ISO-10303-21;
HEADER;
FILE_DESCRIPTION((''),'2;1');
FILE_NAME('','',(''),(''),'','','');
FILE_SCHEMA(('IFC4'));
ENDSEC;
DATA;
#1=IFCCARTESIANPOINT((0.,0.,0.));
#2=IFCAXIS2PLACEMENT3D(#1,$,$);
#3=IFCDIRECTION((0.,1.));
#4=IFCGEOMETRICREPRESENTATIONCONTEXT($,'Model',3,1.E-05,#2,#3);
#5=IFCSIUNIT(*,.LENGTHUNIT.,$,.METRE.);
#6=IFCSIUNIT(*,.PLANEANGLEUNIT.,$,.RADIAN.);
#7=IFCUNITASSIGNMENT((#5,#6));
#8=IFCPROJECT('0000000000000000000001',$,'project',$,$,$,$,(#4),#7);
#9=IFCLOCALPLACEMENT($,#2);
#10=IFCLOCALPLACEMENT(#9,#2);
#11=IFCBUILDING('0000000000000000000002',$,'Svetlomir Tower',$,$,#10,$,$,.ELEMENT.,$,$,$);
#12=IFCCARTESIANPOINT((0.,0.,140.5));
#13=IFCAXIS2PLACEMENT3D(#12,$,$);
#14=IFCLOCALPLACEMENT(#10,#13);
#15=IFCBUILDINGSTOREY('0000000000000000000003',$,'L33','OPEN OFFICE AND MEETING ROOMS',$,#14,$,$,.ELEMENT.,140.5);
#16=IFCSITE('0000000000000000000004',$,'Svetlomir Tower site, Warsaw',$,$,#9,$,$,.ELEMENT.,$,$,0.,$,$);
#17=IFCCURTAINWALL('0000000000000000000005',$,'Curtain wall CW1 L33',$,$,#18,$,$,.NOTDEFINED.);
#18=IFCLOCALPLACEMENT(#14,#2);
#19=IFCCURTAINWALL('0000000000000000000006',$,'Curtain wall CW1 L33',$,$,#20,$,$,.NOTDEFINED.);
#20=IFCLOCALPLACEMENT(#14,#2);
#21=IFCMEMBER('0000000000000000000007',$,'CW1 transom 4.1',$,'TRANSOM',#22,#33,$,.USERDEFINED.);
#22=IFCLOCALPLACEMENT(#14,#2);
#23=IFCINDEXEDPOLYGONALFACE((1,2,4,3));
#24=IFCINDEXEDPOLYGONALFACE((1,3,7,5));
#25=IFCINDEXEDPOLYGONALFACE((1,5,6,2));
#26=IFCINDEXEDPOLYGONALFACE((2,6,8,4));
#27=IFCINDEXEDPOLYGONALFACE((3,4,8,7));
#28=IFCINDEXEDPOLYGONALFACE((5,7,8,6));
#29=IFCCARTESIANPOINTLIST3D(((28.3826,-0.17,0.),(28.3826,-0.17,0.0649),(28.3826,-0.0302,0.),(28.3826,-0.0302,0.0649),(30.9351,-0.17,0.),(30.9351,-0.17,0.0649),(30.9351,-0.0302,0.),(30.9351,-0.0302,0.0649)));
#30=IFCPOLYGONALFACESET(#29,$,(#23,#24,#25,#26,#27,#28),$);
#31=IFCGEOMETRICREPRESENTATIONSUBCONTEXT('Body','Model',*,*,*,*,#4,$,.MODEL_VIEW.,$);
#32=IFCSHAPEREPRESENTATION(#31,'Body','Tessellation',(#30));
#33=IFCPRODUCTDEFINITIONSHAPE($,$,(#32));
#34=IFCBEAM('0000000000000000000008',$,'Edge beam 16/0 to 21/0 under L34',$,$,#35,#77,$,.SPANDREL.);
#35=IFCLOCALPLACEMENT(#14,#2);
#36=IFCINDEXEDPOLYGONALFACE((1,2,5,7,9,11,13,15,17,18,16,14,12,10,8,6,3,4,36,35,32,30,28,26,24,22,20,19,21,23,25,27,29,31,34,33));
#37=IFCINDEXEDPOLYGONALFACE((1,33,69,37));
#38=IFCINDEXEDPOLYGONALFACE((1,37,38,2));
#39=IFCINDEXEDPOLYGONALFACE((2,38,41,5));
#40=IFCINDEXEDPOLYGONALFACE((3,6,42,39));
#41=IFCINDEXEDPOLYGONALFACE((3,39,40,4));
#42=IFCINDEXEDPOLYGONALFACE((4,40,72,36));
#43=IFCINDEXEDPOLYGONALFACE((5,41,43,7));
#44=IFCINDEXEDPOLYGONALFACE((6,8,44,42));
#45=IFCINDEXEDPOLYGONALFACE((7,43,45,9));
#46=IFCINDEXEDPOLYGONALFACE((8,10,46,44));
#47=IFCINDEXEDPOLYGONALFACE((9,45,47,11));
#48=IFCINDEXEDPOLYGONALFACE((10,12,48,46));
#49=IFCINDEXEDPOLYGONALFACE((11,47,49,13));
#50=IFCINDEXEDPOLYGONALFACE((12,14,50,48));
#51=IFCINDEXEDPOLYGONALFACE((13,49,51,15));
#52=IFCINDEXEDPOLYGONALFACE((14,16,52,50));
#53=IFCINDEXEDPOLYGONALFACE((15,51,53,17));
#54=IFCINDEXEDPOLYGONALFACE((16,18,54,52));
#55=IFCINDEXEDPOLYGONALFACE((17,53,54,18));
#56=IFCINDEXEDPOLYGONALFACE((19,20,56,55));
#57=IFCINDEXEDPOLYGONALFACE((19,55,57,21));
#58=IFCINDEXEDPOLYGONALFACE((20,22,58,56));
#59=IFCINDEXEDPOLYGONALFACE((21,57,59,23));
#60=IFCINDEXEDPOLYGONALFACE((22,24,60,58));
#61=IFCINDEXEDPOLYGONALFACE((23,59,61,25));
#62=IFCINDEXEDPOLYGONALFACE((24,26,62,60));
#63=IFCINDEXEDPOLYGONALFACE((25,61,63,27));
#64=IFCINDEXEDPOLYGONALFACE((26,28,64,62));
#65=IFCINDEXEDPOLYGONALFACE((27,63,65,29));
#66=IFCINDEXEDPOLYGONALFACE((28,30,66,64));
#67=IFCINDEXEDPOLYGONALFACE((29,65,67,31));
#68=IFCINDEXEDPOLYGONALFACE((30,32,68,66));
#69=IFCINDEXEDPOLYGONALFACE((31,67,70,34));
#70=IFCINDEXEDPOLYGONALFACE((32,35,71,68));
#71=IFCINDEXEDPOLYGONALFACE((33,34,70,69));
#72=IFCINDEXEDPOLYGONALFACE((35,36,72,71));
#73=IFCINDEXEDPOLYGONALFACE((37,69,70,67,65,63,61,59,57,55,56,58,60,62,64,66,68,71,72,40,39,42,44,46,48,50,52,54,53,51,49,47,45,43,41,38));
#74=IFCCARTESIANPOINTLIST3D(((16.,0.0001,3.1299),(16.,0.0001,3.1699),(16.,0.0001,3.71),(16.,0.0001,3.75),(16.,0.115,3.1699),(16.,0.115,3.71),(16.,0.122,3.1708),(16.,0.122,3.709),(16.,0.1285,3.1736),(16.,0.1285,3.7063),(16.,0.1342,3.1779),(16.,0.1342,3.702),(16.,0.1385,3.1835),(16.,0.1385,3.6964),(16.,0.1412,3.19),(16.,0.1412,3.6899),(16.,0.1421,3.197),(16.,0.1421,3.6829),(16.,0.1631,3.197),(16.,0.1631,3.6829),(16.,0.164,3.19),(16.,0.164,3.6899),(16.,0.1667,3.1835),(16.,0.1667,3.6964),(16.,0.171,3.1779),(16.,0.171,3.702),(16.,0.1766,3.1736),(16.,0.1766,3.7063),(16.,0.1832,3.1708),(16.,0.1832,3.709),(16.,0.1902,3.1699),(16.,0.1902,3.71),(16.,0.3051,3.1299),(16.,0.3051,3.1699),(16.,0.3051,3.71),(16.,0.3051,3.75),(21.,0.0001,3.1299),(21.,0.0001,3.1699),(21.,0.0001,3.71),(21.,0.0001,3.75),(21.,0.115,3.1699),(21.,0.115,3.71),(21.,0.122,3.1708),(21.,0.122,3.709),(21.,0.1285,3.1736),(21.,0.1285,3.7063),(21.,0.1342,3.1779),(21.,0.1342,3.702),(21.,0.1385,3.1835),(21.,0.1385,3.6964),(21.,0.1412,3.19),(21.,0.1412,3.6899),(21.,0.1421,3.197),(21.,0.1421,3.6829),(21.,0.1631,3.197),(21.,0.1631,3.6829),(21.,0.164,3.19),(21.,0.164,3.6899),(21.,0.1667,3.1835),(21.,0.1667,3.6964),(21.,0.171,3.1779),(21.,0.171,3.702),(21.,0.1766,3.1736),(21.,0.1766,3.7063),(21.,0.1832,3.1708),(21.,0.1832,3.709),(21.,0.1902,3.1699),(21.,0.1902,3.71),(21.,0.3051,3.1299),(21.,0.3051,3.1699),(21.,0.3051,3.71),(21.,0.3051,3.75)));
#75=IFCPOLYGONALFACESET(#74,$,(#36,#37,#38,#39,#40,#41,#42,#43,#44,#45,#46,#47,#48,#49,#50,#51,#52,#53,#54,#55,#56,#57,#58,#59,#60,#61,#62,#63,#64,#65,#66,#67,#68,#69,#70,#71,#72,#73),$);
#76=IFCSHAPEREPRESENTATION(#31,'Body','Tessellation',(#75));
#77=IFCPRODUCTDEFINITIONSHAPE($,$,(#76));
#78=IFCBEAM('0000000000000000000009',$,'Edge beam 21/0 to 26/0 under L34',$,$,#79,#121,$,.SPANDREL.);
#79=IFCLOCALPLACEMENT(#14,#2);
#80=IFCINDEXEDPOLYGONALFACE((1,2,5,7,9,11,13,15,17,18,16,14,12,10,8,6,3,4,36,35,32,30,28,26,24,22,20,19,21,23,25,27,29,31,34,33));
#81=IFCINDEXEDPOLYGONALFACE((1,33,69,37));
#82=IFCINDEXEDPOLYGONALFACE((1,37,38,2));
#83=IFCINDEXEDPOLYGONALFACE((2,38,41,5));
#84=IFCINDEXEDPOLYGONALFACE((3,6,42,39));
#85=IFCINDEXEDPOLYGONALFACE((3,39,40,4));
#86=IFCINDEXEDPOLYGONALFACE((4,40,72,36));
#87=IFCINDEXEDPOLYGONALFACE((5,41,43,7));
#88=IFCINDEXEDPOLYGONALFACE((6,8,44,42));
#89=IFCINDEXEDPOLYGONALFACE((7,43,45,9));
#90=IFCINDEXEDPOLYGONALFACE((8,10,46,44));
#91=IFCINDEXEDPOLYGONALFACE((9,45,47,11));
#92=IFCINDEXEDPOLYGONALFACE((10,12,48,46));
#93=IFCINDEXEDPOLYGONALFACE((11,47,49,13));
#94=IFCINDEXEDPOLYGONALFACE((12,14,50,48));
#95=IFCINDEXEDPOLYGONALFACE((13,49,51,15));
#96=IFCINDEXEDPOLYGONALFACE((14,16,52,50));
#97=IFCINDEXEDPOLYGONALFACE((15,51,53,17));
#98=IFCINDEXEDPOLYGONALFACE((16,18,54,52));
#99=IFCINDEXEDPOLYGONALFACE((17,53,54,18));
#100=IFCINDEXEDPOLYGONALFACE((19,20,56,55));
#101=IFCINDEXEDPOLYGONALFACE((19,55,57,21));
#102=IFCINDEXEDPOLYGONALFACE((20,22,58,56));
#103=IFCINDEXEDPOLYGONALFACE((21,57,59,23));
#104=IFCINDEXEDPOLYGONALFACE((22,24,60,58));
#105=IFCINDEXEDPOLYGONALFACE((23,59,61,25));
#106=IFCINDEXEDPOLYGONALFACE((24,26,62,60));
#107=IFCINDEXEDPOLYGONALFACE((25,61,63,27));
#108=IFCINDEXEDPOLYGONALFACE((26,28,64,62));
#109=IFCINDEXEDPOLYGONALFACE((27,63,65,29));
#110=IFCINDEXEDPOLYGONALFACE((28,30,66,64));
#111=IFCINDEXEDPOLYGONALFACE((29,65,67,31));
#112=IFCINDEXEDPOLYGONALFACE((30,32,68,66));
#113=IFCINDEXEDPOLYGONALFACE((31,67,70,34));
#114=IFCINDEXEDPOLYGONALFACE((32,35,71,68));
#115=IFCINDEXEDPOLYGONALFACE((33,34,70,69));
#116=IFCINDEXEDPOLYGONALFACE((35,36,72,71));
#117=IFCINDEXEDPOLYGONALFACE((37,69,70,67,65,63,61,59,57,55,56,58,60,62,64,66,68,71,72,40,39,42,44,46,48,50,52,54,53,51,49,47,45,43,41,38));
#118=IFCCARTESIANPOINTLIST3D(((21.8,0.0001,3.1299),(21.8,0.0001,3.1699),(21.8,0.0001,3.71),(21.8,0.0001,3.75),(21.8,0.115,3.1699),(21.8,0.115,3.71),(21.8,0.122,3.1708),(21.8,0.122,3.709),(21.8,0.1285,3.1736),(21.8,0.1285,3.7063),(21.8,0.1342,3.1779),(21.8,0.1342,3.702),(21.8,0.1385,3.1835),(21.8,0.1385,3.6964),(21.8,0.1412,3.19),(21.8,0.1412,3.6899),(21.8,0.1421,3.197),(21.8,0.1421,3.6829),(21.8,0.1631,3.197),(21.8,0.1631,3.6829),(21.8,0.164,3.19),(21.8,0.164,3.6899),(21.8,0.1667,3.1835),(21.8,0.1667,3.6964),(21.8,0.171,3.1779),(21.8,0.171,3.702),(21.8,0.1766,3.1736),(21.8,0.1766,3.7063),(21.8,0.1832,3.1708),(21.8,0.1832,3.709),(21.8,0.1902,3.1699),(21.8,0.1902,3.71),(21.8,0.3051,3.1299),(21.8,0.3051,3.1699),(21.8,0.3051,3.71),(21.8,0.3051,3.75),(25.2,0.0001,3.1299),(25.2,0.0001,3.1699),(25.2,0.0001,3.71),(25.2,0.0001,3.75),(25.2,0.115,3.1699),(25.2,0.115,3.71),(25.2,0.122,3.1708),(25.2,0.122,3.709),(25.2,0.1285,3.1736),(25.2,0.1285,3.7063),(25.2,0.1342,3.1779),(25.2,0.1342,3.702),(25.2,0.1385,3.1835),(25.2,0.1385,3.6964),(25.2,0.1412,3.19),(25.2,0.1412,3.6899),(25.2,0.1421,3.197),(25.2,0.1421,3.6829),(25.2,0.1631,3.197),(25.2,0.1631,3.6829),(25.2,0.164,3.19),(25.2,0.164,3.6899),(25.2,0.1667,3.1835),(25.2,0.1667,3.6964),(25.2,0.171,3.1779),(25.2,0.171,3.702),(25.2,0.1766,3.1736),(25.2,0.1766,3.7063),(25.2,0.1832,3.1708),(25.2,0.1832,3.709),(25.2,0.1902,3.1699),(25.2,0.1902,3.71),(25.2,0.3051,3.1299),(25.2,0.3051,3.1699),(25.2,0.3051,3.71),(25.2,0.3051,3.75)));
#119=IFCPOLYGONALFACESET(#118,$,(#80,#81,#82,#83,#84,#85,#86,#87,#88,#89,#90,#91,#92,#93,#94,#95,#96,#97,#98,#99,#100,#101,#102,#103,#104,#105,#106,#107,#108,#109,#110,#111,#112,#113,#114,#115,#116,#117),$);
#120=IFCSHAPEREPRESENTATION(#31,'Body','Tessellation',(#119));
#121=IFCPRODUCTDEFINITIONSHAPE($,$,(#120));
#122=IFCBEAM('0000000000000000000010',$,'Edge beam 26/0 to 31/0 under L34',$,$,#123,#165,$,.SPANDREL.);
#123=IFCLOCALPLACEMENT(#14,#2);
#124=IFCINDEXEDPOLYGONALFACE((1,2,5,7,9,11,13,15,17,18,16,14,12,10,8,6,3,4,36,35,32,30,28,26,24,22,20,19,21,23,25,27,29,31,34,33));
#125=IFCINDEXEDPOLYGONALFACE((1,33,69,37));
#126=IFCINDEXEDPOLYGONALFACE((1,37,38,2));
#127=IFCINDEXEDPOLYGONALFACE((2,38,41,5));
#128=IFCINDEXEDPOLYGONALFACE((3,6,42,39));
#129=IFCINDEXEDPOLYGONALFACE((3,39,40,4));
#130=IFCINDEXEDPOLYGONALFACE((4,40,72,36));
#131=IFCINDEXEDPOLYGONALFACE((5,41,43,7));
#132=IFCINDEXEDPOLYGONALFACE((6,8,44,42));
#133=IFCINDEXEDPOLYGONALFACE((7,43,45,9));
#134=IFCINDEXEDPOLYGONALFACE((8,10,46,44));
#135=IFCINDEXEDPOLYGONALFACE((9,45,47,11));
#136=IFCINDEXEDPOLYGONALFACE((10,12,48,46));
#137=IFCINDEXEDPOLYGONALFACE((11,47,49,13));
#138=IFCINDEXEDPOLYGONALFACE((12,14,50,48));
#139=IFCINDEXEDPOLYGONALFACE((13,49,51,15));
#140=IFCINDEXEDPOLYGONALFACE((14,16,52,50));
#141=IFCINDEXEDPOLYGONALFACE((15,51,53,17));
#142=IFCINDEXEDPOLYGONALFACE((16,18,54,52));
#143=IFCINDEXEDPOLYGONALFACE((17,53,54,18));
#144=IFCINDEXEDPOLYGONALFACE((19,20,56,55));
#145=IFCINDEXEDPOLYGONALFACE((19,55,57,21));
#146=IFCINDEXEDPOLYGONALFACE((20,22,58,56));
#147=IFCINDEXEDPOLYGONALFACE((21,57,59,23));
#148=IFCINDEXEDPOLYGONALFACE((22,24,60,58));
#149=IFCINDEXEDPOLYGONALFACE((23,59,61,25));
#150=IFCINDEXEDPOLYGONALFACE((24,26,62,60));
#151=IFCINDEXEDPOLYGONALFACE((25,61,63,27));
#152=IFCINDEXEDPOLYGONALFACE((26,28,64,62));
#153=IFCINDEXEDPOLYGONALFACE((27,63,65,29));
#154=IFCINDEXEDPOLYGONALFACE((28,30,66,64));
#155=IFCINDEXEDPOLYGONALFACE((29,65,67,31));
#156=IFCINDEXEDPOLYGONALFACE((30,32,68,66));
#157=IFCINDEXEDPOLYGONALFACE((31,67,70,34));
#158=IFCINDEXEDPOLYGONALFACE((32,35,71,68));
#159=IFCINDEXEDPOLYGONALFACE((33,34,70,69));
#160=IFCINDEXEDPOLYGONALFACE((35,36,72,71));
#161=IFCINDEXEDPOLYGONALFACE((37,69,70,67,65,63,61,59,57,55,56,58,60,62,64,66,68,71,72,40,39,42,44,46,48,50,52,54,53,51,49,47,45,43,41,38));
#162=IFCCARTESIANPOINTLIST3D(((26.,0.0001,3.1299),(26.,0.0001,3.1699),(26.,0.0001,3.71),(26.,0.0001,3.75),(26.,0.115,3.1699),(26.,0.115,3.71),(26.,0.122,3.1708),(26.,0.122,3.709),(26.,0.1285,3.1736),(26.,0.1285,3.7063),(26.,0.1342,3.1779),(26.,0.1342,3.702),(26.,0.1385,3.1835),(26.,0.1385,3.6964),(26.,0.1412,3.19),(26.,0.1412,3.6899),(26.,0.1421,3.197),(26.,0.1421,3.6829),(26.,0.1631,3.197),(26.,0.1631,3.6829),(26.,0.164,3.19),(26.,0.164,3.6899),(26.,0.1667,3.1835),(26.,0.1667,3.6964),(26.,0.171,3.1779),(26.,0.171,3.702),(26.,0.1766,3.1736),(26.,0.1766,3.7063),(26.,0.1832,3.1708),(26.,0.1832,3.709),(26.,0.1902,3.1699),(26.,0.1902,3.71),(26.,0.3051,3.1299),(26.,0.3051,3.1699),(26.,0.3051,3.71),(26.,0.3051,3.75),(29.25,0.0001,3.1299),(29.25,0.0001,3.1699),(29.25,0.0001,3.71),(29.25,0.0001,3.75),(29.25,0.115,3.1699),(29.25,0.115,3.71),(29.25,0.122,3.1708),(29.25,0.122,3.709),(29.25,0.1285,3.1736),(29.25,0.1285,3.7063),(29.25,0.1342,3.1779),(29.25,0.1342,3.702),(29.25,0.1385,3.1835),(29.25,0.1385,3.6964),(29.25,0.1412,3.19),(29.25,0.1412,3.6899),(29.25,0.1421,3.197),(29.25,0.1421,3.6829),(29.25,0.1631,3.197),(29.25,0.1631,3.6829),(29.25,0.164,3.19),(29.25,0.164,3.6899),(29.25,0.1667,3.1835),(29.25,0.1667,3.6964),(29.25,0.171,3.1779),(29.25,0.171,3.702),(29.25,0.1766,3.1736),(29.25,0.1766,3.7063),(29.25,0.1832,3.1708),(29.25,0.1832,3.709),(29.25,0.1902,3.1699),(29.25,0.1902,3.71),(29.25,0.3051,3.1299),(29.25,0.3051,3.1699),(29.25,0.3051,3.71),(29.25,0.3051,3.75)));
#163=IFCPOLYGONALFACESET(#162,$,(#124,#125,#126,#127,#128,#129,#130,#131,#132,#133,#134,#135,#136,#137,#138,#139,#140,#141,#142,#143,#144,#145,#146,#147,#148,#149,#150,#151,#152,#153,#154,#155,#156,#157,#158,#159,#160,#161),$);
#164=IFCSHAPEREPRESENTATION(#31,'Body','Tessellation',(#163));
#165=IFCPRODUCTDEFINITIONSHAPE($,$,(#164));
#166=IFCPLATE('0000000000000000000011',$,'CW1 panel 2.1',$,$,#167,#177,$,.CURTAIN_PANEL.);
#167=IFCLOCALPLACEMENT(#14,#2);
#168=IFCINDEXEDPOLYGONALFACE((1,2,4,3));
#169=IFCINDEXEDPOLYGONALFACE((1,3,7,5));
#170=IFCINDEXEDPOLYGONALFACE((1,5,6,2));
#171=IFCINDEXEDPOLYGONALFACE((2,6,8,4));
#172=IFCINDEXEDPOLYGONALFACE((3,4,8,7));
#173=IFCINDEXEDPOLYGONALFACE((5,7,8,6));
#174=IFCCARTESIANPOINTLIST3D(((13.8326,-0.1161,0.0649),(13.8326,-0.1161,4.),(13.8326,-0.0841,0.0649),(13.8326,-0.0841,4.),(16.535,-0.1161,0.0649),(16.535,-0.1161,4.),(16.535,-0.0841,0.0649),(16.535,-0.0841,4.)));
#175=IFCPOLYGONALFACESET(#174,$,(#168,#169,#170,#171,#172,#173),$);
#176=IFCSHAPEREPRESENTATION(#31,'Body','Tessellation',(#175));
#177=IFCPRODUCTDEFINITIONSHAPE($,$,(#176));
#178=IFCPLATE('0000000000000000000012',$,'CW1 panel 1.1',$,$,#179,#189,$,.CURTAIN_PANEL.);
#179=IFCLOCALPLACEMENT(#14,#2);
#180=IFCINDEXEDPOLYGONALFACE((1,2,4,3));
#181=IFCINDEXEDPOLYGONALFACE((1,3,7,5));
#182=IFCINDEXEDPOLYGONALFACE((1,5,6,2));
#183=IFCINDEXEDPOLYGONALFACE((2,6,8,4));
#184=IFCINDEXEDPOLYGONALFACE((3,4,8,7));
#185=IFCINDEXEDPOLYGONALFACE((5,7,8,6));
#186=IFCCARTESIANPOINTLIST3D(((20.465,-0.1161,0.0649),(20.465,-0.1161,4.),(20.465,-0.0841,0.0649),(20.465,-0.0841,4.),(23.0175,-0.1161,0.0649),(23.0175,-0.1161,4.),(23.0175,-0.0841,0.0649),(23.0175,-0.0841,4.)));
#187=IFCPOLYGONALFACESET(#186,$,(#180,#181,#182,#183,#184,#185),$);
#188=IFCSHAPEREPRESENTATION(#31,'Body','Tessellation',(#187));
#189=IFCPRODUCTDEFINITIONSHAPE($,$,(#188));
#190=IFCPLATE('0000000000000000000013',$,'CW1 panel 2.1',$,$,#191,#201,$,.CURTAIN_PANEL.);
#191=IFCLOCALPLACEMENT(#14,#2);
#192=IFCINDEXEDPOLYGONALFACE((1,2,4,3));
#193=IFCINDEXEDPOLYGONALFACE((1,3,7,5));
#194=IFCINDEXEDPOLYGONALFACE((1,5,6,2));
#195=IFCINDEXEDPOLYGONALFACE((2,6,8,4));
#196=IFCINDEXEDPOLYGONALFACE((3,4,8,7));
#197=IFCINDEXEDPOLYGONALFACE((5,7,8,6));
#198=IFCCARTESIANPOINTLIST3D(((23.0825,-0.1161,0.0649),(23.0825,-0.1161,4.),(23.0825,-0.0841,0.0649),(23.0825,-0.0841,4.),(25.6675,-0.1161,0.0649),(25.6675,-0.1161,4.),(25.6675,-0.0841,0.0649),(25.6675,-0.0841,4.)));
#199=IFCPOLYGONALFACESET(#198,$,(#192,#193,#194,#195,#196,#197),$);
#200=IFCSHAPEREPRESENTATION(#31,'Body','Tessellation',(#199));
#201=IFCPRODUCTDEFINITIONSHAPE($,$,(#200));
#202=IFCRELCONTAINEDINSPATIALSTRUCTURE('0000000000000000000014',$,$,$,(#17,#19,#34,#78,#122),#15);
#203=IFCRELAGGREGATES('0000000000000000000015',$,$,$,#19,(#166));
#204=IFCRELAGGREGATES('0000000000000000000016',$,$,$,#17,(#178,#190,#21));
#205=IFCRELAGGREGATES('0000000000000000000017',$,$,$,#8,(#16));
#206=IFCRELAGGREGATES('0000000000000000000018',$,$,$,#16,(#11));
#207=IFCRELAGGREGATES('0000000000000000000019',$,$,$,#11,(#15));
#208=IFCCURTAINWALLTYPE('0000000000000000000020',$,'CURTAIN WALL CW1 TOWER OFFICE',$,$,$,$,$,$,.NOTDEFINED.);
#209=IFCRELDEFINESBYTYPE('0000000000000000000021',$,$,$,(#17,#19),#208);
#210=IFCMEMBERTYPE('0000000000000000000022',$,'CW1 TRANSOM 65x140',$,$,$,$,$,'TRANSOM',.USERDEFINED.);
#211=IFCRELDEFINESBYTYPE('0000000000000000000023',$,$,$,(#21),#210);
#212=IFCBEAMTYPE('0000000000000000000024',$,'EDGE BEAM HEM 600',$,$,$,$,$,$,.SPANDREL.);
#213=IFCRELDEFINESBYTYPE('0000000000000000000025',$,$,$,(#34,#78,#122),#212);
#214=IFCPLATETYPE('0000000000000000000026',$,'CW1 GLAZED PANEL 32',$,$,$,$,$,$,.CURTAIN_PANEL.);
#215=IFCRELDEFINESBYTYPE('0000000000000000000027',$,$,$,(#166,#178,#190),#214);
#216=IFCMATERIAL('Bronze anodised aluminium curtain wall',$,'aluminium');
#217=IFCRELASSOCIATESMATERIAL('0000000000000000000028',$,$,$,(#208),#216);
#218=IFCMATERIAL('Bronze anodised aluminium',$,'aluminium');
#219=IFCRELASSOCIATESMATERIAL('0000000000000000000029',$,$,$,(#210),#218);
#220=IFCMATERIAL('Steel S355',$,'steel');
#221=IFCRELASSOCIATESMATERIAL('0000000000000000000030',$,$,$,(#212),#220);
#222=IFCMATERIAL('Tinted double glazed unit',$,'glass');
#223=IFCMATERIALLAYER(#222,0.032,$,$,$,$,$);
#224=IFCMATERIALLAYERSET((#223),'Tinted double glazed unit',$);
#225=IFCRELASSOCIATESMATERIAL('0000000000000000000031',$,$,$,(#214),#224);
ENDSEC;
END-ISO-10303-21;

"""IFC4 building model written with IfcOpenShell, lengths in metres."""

from ifc_helpers import new_model, si_unit, direction, frame, origin, origin_2d, place, context, subcontext, project, spatial, rectangle, i_section, extrude, material, layer, layer_set, material_profile, profile_set, type_object, element, aggregate, save


model = new_model("IFC4")

# Units and contexts
model_context = context("Model", 3, precision=1e-05, world=origin(), true_north=direction((0.0, 1.0)))
body_context = subcontext(model_context, "Body", "Model", "MODEL_VIEW")
ifc_project = project(units=[si_unit("LENGTHUNIT", "METRE"), si_unit("PLANEANGLEUNIT", "RADIAN")], contexts=[model_context])

# Site, building, storey
site_placement = place(None, origin())
site = spatial("IfcSite", under=ifc_project, at=site_placement, Name="Svetlomir Tower site, Warsaw", CompositionType="ELEMENT", RefElevation=0.0)
building_placement = place(site_placement, origin())
building = spatial("IfcBuilding", under=site, at=building_placement, Name="Svetlomir Tower", CompositionType="ELEMENT")
storey_placement = place(building_placement, frame((0.0, 0.0, 140.5)))
storey = spatial("IfcBuildingStorey", under=building, at=storey_placement, Name="L33", Description="OPEN OFFICE AND MEETING ROOMS", CompositionType="ELEMENT", Elevation=140.5)

# Curtain wall
ifc_material_1 = material(Name="Bronze anodised aluminium curtain wall", Category="aluminium")
curtain_wall_type = type_object("IfcCurtainWallType", Name="CURTAIN WALL CW1 TOWER OFFICE", PredefinedType="NOTDEFINED", material=ifc_material_1)
curtain_wall_1_placement = place(storey_placement, origin())
curtain_wall_1 = element("IfcCurtainWall", 1, at=curtain_wall_1_placement, inside=storey, type_object=curtain_wall_type, Name="Curtain wall CW1 L33", PredefinedType="NOTDEFINED")

# Curtain wall
curtain_wall_2_placement = place(storey_placement, origin())
curtain_wall_2 = element("IfcCurtainWall", 2, at=curtain_wall_2_placement, inside=storey, type_object=curtain_wall_type, Name="Curtain wall CW1 L33", PredefinedType="NOTDEFINED")

# Member
ifc_material_2 = material(Name="Bronze anodised aluminium", Category="aluminium")
ifc_material_profile_1 = material_profile(ifc_material_2, rectangle(XDim=0.1399, YDim=0.0649, at=origin_2d()), Name="AL 140x65")
ifc_profile_set_1 = profile_set([ifc_material_profile_1], Name="Bronze anodised aluminium 6063-T6")
member_type_1 = type_object("IfcMemberType", Name="CW1 TRANSOM 65x140", ElementType="TRANSOM", PredefinedType="USERDEFINED", material=ifc_profile_set_1)
member_1_placement = place(storey_placement, frame((28.3826, -0.1001, 0.0325), z_axis=(1.0, 0.0, 0.0), x_axis=(0.0, 1.0, 0.0)))
member_1 = element("IfcMember", 3, at=member_1_placement, type_object=member_type_1, Name="CW1 transom 4.1", ObjectType="TRANSOM", PredefinedType="USERDEFINED", context=body_context, shape_type="SweptSolid", body=[
    extrude(rectangle(XDim=0.1399, YDim=0.0649, at=origin_2d()), origin(), (0.0, 0.0, 1.0), 2.5525),
])

# Beams
ifc_material_3 = material(Name="Steel S355", Category="steel")
ifc_material_profile_2 = material_profile(ifc_material_3, i_section(OverallWidth=0.3049, OverallDepth=0.6201, WebThickness=0.021, FlangeThickness=0.04, FilletRadius=0.0271, at=origin_2d()), Name="HEM 600")
ifc_profile_set_2 = profile_set([ifc_material_profile_2], Name="Steel S355")
beam_type_1 = type_object("IfcBeamType", Name="EDGE BEAM HEM 600", PredefinedType="SPANDREL", material=ifc_profile_set_2)
beam_1_placement = place(storey_placement, frame((16.0, 0.1526, 3.4399), z_axis=(1.0, 0.0, 0.0), x_axis=(0.0, 1.0, 0.0)))
element("IfcBeam", 4, at=beam_1_placement, inside=storey, type_object=beam_type_1, Name="Edge beam 16/0 to 21/0 under L34", PredefinedType="SPANDREL", context=body_context, shape_type="SweptSolid", body=[
    extrude(i_section(OverallWidth=0.3049, OverallDepth=0.6201, WebThickness=0.021, FlangeThickness=0.04, FilletRadius=0.0271, at=origin_2d()), origin(), (0.0, 0.0, 1.0), 5.0),
])
beam_2_placement = place(storey_placement, frame((21.8, 0.1526, 3.4399), z_axis=(1.0, 0.0, 0.0), x_axis=(0.0, 1.0, 0.0)))
element("IfcBeam", 5, at=beam_2_placement, inside=storey, type_object=beam_type_1, Name="Edge beam 21/0 to 26/0 under L34", PredefinedType="SPANDREL", context=body_context, shape_type="SweptSolid", body=[
    extrude(i_section(OverallWidth=0.3049, OverallDepth=0.6201, WebThickness=0.021, FlangeThickness=0.04, FilletRadius=0.0271, at=origin_2d()), origin(), (0.0, 0.0, 1.0), 3.3999),
])
beam_3_placement = place(storey_placement, frame((26.0, 0.1526, 3.4399), z_axis=(1.0, 0.0, 0.0), x_axis=(0.0, 1.0, 0.0)))
element("IfcBeam", 6, at=beam_3_placement, inside=storey, type_object=beam_type_1, Name="Edge beam 26/0 to 31/0 under L34", PredefinedType="SPANDREL", context=body_context, shape_type="SweptSolid", body=[
    extrude(i_section(OverallWidth=0.3049, OverallDepth=0.6201, WebThickness=0.021, FlangeThickness=0.04, FilletRadius=0.0271, at=origin_2d()), origin(), (0.0, 0.0, 1.0), 3.25),
])

# Plates
ifc_material_4 = material(Name="Tinted double glazed unit", Category="glass")
ifc_layer_1 = layer(ifc_material_4, 0.032)
ifc_layer_set_1 = layer_set([ifc_layer_1], Name="Tinted double glazed unit")
plate_type = type_object("IfcPlateType", Name="CW1 GLAZED PANEL 32", PredefinedType="CURTAIN_PANEL", material=ifc_layer_set_1)
plate_1_placement = place(storey_placement, frame((15.1838, -0.1001, 0.0649), z_axis=(0.0, 0.0, 1.0), x_axis=(1.0, 0.0, 0.0)))
plate_1 = element("IfcPlate", 7, at=plate_1_placement, type_object=plate_type, Name="CW1 panel 2.1", PredefinedType="CURTAIN_PANEL", context=body_context, shape_type="SweptSolid", body=[
    extrude(rectangle(XDim=2.7024, YDim=0.032, at=origin_2d()), origin(), (0.0, 0.0, 1.0), 3.9351),
])
aggregate(curtain_wall_2, [plate_1])
plate_2_placement = place(storey_placement, frame((21.7412, -0.1001, 0.0649), z_axis=(0.0, 0.0, 1.0), x_axis=(1.0, 0.0, 0.0)))
plate_2 = element("IfcPlate", 8, at=plate_2_placement, type_object=plate_type, Name="CW1 panel 1.1", PredefinedType="CURTAIN_PANEL", context=body_context, shape_type="SweptSolid", body=[
    extrude(rectangle(XDim=2.5525, YDim=0.032, at=origin_2d()), origin(), (0.0, 0.0, 1.0), 3.9351),
])
plate_3_placement = place(storey_placement, frame((24.375, -0.1001, 0.0649), z_axis=(0.0, 0.0, 1.0), x_axis=(1.0, 0.0, 0.0)))
plate_3 = element("IfcPlate", 9, at=plate_3_placement, type_object=plate_type, Name="CW1 panel 2.1", PredefinedType="CURTAIN_PANEL", context=body_context, shape_type="SweptSolid", body=[
    extrude(rectangle(XDim=2.585, YDim=0.032, at=origin_2d()), origin(), (0.0, 0.0, 1.0), 3.9351),
])
aggregate(curtain_wall_1, [plate_2, plate_3, member_1])

save(model, "model.ifc")
